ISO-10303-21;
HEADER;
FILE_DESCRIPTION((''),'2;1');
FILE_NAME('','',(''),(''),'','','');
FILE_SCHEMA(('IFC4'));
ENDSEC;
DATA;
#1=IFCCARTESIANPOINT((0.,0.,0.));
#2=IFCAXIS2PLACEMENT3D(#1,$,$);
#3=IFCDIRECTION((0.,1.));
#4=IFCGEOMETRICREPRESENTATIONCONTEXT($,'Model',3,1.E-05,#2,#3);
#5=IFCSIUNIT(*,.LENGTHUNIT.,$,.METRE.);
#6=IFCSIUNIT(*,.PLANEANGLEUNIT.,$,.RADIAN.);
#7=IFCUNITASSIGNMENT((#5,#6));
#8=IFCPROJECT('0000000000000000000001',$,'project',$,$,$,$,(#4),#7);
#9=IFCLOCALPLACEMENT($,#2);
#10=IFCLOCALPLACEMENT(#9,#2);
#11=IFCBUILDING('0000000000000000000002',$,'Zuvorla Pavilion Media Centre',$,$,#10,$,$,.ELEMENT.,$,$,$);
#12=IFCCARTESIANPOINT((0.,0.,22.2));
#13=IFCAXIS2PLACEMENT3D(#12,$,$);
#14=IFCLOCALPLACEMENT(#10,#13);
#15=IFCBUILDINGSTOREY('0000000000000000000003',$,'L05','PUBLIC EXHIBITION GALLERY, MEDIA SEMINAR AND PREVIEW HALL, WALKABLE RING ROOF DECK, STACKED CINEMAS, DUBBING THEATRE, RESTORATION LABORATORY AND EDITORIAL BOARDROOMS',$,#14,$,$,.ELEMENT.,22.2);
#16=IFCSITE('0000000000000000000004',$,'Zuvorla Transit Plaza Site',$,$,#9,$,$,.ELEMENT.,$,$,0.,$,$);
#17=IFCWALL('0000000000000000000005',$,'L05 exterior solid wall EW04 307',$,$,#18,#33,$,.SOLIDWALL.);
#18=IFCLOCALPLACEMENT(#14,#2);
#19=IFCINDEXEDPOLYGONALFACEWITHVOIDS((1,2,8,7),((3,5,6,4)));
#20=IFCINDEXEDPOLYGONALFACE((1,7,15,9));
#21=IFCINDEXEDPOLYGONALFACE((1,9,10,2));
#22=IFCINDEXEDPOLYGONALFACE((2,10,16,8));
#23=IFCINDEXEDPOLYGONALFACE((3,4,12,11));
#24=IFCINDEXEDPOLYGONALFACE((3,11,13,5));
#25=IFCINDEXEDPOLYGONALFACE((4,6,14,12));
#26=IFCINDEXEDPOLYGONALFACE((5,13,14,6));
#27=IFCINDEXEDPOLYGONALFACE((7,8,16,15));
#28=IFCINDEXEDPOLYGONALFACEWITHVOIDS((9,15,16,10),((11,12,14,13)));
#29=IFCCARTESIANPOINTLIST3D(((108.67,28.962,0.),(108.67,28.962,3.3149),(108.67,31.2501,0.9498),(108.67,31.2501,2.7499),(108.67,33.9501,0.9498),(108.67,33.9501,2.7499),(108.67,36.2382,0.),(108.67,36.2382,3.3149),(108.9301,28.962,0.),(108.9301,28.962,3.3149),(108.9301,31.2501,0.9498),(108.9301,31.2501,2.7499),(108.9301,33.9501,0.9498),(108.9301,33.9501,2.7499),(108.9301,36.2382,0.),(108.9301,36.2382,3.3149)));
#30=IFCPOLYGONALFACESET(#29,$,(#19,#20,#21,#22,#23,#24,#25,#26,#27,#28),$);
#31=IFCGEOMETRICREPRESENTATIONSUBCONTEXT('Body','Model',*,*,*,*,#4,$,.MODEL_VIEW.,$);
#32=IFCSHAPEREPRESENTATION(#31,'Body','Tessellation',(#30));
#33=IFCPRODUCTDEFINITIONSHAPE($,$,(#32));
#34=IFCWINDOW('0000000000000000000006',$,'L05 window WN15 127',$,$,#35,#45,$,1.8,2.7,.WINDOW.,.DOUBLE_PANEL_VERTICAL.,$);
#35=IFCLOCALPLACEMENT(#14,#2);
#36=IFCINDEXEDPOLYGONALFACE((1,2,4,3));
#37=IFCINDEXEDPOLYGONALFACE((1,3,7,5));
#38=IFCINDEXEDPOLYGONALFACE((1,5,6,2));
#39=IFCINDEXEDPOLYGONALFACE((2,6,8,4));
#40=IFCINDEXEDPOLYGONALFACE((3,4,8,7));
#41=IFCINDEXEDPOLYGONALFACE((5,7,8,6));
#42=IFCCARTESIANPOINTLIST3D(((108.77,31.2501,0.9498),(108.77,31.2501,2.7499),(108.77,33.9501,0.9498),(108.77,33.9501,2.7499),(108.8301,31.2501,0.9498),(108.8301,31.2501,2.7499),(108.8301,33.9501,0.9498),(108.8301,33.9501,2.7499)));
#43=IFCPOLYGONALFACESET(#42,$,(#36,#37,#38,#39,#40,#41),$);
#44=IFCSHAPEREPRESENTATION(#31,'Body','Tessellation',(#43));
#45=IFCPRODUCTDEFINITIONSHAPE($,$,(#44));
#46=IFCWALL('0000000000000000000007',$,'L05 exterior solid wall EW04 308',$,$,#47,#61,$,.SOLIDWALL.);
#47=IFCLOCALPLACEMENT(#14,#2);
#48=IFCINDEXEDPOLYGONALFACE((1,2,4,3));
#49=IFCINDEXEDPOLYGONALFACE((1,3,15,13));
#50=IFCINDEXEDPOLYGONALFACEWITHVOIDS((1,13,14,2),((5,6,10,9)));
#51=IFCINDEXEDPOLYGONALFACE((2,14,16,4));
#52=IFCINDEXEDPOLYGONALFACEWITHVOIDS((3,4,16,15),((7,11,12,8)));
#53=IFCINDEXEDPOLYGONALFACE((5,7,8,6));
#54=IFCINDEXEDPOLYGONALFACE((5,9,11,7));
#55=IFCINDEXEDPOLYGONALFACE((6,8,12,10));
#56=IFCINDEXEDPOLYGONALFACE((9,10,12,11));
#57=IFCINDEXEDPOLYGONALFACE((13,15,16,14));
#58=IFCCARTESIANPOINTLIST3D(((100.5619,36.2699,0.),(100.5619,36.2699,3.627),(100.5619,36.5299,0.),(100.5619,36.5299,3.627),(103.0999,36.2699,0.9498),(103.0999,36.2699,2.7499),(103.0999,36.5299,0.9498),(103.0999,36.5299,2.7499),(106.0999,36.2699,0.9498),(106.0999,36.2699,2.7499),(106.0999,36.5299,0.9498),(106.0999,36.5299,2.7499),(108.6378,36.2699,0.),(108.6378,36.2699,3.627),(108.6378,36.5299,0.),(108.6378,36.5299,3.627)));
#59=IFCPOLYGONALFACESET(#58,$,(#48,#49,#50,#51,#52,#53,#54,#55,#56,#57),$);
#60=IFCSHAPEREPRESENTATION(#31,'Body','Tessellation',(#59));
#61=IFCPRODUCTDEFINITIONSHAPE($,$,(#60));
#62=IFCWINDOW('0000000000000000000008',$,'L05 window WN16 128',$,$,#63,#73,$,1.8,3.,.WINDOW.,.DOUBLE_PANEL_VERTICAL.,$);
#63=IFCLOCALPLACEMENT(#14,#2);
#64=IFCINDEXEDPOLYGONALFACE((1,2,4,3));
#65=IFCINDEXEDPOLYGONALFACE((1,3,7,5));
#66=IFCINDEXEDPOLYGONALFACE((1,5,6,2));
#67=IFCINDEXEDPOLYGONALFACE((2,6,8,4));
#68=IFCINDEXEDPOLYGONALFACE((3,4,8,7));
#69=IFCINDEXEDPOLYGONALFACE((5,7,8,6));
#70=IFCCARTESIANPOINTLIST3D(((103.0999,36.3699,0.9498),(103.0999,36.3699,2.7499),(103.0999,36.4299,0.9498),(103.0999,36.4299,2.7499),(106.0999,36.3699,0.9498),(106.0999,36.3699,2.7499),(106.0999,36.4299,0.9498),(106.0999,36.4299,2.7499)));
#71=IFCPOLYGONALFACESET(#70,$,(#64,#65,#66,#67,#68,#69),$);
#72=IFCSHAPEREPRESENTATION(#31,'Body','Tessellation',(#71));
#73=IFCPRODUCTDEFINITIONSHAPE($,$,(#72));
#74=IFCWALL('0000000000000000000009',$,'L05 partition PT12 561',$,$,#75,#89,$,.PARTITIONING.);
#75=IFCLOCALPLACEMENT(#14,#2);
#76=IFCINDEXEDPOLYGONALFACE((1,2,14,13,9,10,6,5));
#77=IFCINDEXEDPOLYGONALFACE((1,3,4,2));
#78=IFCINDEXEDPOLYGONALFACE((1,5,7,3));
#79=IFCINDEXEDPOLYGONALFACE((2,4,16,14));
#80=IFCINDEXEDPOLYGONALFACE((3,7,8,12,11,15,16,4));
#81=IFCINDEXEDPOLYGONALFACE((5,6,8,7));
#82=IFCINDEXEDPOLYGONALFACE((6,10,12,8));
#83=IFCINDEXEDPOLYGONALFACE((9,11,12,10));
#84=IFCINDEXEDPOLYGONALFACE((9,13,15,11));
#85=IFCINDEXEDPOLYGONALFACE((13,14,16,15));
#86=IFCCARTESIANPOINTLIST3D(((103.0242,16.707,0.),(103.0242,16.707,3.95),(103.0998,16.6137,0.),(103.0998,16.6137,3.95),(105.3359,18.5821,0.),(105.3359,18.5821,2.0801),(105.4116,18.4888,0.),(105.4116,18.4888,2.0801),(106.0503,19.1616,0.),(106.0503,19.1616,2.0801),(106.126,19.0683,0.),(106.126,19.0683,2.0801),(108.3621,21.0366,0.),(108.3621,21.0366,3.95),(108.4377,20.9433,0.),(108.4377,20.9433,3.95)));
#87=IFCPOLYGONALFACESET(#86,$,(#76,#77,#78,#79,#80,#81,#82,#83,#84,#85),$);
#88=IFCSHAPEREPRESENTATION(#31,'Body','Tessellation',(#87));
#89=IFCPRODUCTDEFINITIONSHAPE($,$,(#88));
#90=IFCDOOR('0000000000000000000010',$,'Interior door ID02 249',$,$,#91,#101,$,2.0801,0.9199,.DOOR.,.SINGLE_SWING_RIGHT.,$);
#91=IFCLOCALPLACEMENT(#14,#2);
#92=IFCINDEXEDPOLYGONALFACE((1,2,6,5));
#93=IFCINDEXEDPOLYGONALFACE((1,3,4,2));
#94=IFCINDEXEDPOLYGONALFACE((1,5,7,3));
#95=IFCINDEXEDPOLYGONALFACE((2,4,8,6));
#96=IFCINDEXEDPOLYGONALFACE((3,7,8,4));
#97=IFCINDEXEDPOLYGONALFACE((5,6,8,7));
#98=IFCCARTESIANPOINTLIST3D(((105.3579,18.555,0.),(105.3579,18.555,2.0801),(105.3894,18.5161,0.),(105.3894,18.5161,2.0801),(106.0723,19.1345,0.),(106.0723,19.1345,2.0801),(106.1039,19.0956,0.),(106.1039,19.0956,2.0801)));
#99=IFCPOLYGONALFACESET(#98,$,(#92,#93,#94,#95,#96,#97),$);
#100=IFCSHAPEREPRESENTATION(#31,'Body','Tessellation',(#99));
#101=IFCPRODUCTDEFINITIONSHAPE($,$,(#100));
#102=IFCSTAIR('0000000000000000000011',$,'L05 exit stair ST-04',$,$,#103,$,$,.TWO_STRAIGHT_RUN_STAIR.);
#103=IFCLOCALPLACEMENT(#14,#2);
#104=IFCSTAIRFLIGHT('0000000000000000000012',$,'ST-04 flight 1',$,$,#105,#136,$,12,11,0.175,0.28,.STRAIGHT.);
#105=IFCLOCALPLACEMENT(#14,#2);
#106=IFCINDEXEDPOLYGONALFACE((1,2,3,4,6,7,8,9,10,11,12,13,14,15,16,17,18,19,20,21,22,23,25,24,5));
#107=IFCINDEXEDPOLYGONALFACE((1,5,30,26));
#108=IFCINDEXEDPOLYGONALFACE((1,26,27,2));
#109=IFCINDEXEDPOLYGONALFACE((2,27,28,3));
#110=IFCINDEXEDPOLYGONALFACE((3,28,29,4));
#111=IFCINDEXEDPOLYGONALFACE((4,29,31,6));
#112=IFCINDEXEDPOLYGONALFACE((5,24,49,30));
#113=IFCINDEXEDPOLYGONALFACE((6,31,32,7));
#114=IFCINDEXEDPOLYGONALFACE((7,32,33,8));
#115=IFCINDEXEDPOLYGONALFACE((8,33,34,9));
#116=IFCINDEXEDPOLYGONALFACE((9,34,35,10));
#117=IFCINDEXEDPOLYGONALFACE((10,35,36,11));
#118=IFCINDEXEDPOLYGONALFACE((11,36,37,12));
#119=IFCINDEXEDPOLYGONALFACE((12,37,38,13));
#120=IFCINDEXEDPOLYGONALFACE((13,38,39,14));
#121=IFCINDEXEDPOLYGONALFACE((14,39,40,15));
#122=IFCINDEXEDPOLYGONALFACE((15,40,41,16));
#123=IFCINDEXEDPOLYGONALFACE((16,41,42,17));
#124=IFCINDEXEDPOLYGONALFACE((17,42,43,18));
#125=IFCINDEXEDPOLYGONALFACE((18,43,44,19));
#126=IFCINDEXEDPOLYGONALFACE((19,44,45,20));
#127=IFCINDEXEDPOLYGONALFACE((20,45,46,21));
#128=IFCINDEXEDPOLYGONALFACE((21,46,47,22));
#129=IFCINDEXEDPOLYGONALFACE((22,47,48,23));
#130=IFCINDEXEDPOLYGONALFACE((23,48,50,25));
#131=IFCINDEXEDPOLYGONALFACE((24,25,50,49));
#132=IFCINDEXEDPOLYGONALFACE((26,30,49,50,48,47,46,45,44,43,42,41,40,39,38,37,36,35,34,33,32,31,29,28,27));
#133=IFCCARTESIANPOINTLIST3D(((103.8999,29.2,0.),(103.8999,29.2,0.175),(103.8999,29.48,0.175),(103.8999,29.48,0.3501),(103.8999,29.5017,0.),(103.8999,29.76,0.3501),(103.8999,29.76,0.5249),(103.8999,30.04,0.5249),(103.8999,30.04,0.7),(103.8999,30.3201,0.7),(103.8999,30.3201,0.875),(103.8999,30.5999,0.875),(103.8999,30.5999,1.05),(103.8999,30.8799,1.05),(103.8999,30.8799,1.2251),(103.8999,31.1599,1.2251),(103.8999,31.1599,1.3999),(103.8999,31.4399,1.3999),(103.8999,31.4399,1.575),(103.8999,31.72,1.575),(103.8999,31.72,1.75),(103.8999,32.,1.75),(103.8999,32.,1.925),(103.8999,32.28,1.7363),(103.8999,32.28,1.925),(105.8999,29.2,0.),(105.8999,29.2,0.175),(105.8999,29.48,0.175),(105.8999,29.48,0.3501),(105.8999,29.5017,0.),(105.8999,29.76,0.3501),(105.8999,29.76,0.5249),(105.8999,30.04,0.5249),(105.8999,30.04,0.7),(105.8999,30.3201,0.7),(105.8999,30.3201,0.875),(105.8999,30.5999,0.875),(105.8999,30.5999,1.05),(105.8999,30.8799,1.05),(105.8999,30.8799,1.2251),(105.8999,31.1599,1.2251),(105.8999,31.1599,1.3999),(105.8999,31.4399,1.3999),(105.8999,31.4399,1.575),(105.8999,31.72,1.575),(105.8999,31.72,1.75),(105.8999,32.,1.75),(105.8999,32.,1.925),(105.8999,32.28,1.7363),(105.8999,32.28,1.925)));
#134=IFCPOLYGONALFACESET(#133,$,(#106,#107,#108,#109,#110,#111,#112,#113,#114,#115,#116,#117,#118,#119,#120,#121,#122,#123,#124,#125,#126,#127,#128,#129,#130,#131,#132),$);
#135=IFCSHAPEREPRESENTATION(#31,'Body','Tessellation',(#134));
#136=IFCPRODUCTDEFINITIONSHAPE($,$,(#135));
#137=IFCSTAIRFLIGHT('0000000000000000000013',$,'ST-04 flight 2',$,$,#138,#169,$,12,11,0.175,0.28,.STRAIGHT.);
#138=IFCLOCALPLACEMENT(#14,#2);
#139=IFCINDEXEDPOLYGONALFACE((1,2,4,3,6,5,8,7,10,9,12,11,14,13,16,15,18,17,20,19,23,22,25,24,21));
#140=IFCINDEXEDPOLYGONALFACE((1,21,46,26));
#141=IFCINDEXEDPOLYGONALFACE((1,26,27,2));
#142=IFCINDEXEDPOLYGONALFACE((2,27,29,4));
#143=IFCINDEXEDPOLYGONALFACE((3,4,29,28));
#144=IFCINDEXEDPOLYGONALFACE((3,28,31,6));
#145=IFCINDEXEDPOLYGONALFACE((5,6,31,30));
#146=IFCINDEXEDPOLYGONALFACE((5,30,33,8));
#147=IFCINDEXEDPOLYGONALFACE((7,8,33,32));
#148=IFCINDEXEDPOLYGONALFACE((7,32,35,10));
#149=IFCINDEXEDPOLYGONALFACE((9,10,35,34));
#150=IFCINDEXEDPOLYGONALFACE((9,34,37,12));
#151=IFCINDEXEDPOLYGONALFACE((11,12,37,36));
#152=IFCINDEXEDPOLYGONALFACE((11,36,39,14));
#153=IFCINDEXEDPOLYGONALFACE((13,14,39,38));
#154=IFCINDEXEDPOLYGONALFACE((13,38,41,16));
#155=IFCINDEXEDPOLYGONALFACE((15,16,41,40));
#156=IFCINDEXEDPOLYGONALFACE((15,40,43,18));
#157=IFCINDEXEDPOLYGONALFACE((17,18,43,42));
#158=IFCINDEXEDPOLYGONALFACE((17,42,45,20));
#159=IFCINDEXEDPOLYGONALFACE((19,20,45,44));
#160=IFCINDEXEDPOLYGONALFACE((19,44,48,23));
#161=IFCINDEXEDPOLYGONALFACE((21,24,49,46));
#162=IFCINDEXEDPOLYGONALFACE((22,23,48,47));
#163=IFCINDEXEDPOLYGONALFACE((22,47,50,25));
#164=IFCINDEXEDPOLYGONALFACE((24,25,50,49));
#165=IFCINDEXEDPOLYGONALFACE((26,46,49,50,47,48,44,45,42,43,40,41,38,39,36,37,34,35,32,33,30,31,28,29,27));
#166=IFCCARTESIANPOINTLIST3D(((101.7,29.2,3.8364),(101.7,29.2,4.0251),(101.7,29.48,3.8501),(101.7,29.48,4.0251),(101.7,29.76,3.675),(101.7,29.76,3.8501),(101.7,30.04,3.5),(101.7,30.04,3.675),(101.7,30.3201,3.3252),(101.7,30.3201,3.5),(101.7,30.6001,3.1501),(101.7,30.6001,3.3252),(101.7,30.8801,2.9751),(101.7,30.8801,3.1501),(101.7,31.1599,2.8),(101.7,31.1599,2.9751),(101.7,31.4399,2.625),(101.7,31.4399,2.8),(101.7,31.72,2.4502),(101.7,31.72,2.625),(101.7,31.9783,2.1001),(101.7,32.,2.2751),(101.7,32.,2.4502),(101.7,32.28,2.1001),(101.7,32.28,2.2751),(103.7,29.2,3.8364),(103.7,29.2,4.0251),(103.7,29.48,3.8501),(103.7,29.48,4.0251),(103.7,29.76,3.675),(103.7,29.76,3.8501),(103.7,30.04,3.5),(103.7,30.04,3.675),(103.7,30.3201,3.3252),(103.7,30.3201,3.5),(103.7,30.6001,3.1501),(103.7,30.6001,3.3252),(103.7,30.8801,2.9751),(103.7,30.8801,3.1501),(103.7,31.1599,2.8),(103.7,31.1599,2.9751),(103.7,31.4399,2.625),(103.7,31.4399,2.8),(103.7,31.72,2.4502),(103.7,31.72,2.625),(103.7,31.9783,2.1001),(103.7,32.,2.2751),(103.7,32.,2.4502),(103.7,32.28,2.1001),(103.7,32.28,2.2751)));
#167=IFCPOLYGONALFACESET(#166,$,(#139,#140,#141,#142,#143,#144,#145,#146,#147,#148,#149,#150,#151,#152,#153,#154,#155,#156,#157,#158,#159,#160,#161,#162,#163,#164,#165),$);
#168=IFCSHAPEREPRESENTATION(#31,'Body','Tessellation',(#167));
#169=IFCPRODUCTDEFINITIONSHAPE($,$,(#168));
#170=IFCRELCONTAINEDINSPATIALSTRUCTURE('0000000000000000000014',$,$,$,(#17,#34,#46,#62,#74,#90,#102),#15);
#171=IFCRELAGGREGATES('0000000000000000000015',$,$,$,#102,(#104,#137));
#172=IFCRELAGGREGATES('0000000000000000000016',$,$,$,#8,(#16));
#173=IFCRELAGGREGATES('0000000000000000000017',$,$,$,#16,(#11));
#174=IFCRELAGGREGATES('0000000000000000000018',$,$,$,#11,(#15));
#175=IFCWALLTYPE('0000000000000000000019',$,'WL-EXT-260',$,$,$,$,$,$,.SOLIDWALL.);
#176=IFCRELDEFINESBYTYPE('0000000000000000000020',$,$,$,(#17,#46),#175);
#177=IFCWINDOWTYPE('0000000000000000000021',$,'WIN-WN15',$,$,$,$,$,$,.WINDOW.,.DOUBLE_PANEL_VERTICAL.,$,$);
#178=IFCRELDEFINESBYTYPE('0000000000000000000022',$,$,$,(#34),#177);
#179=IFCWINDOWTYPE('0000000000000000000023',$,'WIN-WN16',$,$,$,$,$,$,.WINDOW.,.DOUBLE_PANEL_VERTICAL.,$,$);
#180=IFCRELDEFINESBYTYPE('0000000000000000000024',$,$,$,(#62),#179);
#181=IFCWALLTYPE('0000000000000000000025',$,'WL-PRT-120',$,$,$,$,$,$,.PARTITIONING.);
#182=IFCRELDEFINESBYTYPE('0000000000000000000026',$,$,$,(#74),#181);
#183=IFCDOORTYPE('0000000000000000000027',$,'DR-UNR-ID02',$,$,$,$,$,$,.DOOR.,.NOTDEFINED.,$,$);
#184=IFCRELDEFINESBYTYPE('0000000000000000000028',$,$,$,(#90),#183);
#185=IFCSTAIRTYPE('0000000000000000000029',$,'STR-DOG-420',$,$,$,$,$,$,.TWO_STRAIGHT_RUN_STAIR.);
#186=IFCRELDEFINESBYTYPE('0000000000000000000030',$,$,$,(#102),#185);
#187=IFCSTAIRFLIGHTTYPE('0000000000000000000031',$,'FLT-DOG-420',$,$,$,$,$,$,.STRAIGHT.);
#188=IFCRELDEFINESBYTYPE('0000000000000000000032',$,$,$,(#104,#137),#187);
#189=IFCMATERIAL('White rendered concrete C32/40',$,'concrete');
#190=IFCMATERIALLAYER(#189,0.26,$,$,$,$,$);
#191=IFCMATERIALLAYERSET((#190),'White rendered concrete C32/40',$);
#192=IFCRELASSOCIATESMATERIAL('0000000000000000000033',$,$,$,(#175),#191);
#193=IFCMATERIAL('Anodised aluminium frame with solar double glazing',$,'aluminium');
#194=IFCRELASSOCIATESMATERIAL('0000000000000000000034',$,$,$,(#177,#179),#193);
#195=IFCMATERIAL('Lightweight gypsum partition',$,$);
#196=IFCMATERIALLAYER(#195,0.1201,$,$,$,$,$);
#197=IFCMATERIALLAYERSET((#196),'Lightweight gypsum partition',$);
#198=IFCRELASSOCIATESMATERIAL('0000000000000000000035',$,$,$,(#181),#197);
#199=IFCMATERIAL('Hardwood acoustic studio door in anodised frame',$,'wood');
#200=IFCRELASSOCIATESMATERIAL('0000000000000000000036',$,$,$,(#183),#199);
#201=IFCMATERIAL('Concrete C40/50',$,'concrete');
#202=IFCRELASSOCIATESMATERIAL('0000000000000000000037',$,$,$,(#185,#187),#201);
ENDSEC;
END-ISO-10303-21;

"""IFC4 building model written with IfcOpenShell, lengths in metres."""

from ifc_helpers import new_model, si_unit, direction, frame, frame_2d, origin, place, context, subcontext, project, spatial, polyline, rectangle, outline, extrude, material, layer, layer_set, type_object, element, fill, aggregate, save


model = new_model("IFC4")

# Units and contexts
model_context = context("Model", 3, precision=1e-05, world=origin(), true_north=direction((0.0, 1.0)))
body_context = subcontext(model_context, "Body", "Model", "MODEL_VIEW")
ifc_project = project(units=[si_unit("LENGTHUNIT", "METRE"), si_unit("PLANEANGLEUNIT", "RADIAN")], contexts=[model_context])

# Site, building, storey
site_placement = place(None, origin())
site = spatial("IfcSite", under=ifc_project, at=site_placement, Name="Zuvorla Transit Plaza Site", CompositionType="ELEMENT", RefElevation=0.0)
building_placement = place(site_placement, origin())
building = spatial("IfcBuilding", under=site, at=building_placement, Name="Zuvorla Pavilion Media Centre", CompositionType="ELEMENT")
storey_placement = place(building_placement, frame((0.0, 0.0, 22.2)))
storey = spatial("IfcBuildingStorey", under=building, at=storey_placement, Name="L05", Description="PUBLIC EXHIBITION GALLERY, MEDIA SEMINAR AND PREVIEW HALL, WALKABLE RING ROOF DECK, STACKED CINEMAS, DUBBING THEATRE, RESTORATION LABORATORY AND EDITORIAL BOARDROOMS", CompositionType="ELEMENT", Elevation=22.2)

# Shared definitions
ifc_material_1 = material(Name="Concrete C40/50", Category="concrete")

# Walls, openings, windows
ifc_material_2 = material(Name="White rendered concrete C32/40", Category="concrete")
ifc_layer_1 = layer(ifc_material_2, 0.26)
ifc_layer_set_1 = layer_set([ifc_layer_1], Name="White rendered concrete C32/40")
wall_type_1 = type_object("IfcWallType", Name="WL-EXT-260", PredefinedType="SOLIDWALL", material=ifc_layer_set_1)
ifc_material_3 = material(Name="Anodised aluminium frame with solar double glazing", Category="aluminium")
wall_1_placement = place(storey_placement, frame((108.8, 28.9619, 0.0), z_axis=(0.0, 0.0, 1.0), x_axis=(0.0, 1.0, 0.0)))
wall_1 = element("IfcWall", 1, at=wall_1_placement, inside=storey, type_object=wall_type_1, Name="L05 exterior solid wall EW04 307", PredefinedType="SOLIDWALL", context=body_context, shape_type="SweptSolid", body=[
    extrude(rectangle(XDim=7.2761, YDim=0.26, at=frame_2d((3.6382, 0.0))), origin(), (0.0, 0.0, 1.0), 3.3149),
])
opening_1_placement = place(wall_1_placement, frame((2.2881, 0.0, 0.95)))
opening_1 = element("IfcOpeningElement", 2, at=opening_1_placement, cuts=wall_1, PredefinedType="OPENING", context=body_context, shape_type="SweptSolid", body=[
    extrude(rectangle(XDim=2.7, YDim=1.8, at=frame_2d((1.3501, 0.8999))), frame((0.0, 0.1399, 0.0), z_axis=(0.0, -1.0, 0.0), x_axis=(1.0, 0.0, 0.0)), (0.0, 0.0, 1.0), 0.28),
])
window_type_1 = type_object("IfcWindowType", Name="WIN-WN15", PartitioningType="DOUBLE_PANEL_VERTICAL", PredefinedType="WINDOW", material=ifc_material_3)
window_1_placement = place(opening_1_placement, origin())
window_1 = element("IfcWindow", 3, at=window_1_placement, inside=storey, type_object=window_type_1, Name="L05 window WN15 127", OverallHeight=1.8, OverallWidth=2.7, PartitioningType="DOUBLE_PANEL_VERTICAL", PredefinedType="WINDOW", context=body_context, shape_type="SweptSolid", body=[
    extrude(rectangle(XDim=2.7, YDim=1.8, at=frame_2d((1.3501, 0.8999))), frame((0.0, 0.03, 0.0), z_axis=(0.0, -1.0, 0.0), x_axis=(1.0, 0.0, 0.0)), (0.0, 0.0, 1.0), 0.0601),
])
fill(opening_1, window_1)
wall_2_placement = place(storey_placement, frame((108.6379, 36.3999, 0.0), z_axis=(0.0, 0.0, 1.0), x_axis=(-1.0, 0.0, 0.0)))
wall_2 = element("IfcWall", 4, at=wall_2_placement, inside=storey, type_object=wall_type_1, Name="L05 exterior solid wall EW04 308", PredefinedType="SOLIDWALL", context=body_context, shape_type="SweptSolid", body=[
    extrude(rectangle(XDim=8.0759, YDim=0.26, at=frame_2d((4.0381, 0.0))), origin(), (0.0, 0.0, 1.0), 3.627),
])
opening_2_placement = place(wall_2_placement, frame((2.5381, 0.0, 0.95)))
opening_2 = element("IfcOpeningElement", 5, at=opening_2_placement, cuts=wall_2, PredefinedType="OPENING", context=body_context, shape_type="SweptSolid", body=[
    extrude(rectangle(XDim=3.0, YDim=1.8, at=frame_2d((1.5, 0.8999))), frame((0.0, 0.1399, 0.0), z_axis=(0.0, -1.0, 0.0), x_axis=(1.0, 0.0, 0.0)), (0.0, 0.0, 1.0), 0.28),
])
window_type_2 = type_object("IfcWindowType", Name="WIN-WN16", PartitioningType="DOUBLE_PANEL_VERTICAL", PredefinedType="WINDOW", material=ifc_material_3)
window_2_placement = place(opening_2_placement, origin())
window_2 = element("IfcWindow", 6, at=window_2_placement, inside=storey, type_object=window_type_2, Name="L05 window WN16 128", OverallHeight=1.8, OverallWidth=3.0, PartitioningType="DOUBLE_PANEL_VERTICAL", PredefinedType="WINDOW", context=body_context, shape_type="SweptSolid", body=[
    extrude(rectangle(XDim=3.0, YDim=1.8, at=frame_2d((1.5, 0.8999))), frame((0.0, 0.03, 0.0), z_axis=(0.0, -1.0, 0.0), x_axis=(1.0, 0.0, 0.0)), (0.0, 0.0, 1.0), 0.0601),
])
fill(opening_2, window_2)

# Wall, opening, door
ifc_material_4 = material(Name="Lightweight gypsum partition")
ifc_layer_2 = layer(ifc_material_4, 0.1201)
ifc_layer_set_2 = layer_set([ifc_layer_2], Name="Lightweight gypsum partition")
wall_type_2 = type_object("IfcWallType", Name="WL-PRT-120", PredefinedType="PARTITIONING", material=ifc_layer_set_2)
wall_3_placement = place(storey_placement, frame((108.3999, 20.99, 0.0), z_axis=(0.0, 0.0, 1.0), x_axis=(-0.776644, -0.62994, 0.0)))
wall_3 = element("IfcWall", 7, at=wall_3_placement, inside=storey, type_object=wall_type_2, Name="L05 partition PT12 561", PredefinedType="PARTITIONING", context=body_context, shape_type="SweptSolid", body=[
    extrude(rectangle(XDim=6.873, YDim=0.1201, at=frame_2d((3.4365, 0.0))), origin(), (0.0, 0.0, 1.0), 3.95),
])
opening_3_placement = place(wall_3_placement, frame((2.9766, 0.0, 0.0)))
opening_3 = element("IfcOpeningElement", 8, at=opening_3_placement, cuts=wall_3, PredefinedType="OPENING", context=body_context, shape_type="SweptSolid", body=[
    extrude(rectangle(XDim=0.9199, YDim=2.0801, at=frame_2d((0.46, 1.04))), frame((0.0, 0.0701, 0.0), z_axis=(0.0, -1.0, 0.0), x_axis=(1.0, 0.0, 0.0)), (0.0, 0.0, 1.0), 0.1401),
])
ifc_material_5 = material(Name="Hardwood acoustic studio door in anodised frame", Category="wood")
door_type_1 = type_object("IfcDoorType", Name="DR-UNR-ID02", OperationType="NOTDEFINED", PredefinedType="DOOR", material=ifc_material_5)
door_1_placement = place(opening_3_placement, origin())
door_1 = element("IfcDoor", 9, at=door_1_placement, inside=storey, type_object=door_type_1, Name="Interior door ID02 249", OperationType="SINGLE_SWING_RIGHT", OverallHeight=2.0801, OverallWidth=0.9199, PredefinedType="DOOR", context=body_context, shape_type="SweptSolid", body=[
    extrude(rectangle(XDim=0.9199, YDim=2.0801, at=frame_2d((0.46, 1.04))), frame((0.0, 0.0249, 0.0), z_axis=(0.0, -1.0, 0.0), x_axis=(1.0, 0.0, 0.0)), (0.0, 0.0, 1.0), 0.05),
])
fill(opening_3, door_1)

# Stair, stair flights
stair_type = type_object("IfcStairType", Name="STR-DOG-420", PredefinedType="TWO_STRAIGHT_RUN_STAIR", material=ifc_material_1)
stair_placement = place(storey_placement, origin())
stair = element("IfcStair", 10, at=stair_placement, inside=storey, type_object=stair_type, Name="L05 exit stair ST-04", PredefinedType="TWO_STRAIGHT_RUN_STAIR")
stair_flight_type = type_object("IfcStairFlightType", Name="FLT-DOG-420", PredefinedType="STRAIGHT", material=ifc_material_1)
stair_flight_1_placement = place(storey_placement, frame((104.8999, 29.2, 0.0), z_axis=(0.0, 0.0, 1.0), x_axis=(0.0, 1.0, 0.0)))
stair_flight_1 = element("IfcStairFlight", 11, at=stair_flight_1_placement, type_object=stair_flight_type, Name="ST-04 flight 1", NumberOfRisers=12, NumberOfTreads=11, PredefinedType="STRAIGHT", RiserHeight=0.175, TreadLength=0.28, context=body_context, shape_type="SweptSolid", body=[
    extrude(outline(polyline([(0.0, 0.0), (0.0, 0.175), (0.28, 0.175), (0.28, 0.3501), (0.5601, 0.3501), (0.5601, 0.5249), (0.8401, 0.5249), (0.8401, 0.7), (1.1201, 0.7), (1.1201, 0.875), (1.3999, 0.875), (1.3999, 1.05), (1.6799, 1.05), (1.6799, 1.2251), (1.96, 1.2251), (1.96, 1.3999), (2.24, 1.3999), (2.24, 1.575), (2.52, 1.575), (2.52, 1.75), (2.8, 1.75), (2.8, 1.925), (3.0801, 1.925), (3.0801, 2.1001), (3.0801, 1.7363), (0.3018, 0.0), (0.0, 0.0)])), frame((0.0, 1.0, 0.0), z_axis=(0.0, -1.0, 0.0), x_axis=(1.0, 0.0, 0.0)), (0.0, 0.0, 1.0), 2.0),
])
stair_flight_2_placement = place(storey_placement, frame((102.7, 32.28, 2.1001), z_axis=(0.0, 0.0, 1.0), x_axis=(0.0, -1.0, 0.0)))
stair_flight_2 = element("IfcStairFlight", 12, at=stair_flight_2_placement, type_object=stair_flight_type, Name="ST-04 flight 2", NumberOfRisers=12, NumberOfTreads=11, PredefinedType="STRAIGHT", RiserHeight=0.175, TreadLength=0.28, context=body_context, shape_type="SweptSolid", body=[
    extrude(outline(polyline([(0.0, 0.0), (0.0, 0.175), (0.28, 0.175), (0.28, 0.3501), (0.5601, 0.3501), (0.5601, 0.5249), (0.8401, 0.5249), (0.8401, 0.7), (1.1201, 0.7), (1.1201, 0.875), (1.3999, 0.875), (1.3999, 1.05), (1.6799, 1.05), (1.6799, 1.2251), (1.96, 1.2251), (1.96, 1.3999), (2.24, 1.3999), (2.24, 1.575), (2.52, 1.575), (2.52, 1.75), (2.8, 1.75), (2.8, 1.925), (3.0801, 1.925), (3.0801, 2.1001), (3.0801, 1.7363), (0.3018, 0.0), (0.0, 0.0)])), frame((0.0, 1.0, 0.0), z_axis=(0.0, -1.0, 0.0), x_axis=(1.0, 0.0, 0.0)), (0.0, 0.0, 1.0), 2.0),
])
aggregate(stair, [stair_flight_1, stair_flight_2])

save(model, "model.ifc")
